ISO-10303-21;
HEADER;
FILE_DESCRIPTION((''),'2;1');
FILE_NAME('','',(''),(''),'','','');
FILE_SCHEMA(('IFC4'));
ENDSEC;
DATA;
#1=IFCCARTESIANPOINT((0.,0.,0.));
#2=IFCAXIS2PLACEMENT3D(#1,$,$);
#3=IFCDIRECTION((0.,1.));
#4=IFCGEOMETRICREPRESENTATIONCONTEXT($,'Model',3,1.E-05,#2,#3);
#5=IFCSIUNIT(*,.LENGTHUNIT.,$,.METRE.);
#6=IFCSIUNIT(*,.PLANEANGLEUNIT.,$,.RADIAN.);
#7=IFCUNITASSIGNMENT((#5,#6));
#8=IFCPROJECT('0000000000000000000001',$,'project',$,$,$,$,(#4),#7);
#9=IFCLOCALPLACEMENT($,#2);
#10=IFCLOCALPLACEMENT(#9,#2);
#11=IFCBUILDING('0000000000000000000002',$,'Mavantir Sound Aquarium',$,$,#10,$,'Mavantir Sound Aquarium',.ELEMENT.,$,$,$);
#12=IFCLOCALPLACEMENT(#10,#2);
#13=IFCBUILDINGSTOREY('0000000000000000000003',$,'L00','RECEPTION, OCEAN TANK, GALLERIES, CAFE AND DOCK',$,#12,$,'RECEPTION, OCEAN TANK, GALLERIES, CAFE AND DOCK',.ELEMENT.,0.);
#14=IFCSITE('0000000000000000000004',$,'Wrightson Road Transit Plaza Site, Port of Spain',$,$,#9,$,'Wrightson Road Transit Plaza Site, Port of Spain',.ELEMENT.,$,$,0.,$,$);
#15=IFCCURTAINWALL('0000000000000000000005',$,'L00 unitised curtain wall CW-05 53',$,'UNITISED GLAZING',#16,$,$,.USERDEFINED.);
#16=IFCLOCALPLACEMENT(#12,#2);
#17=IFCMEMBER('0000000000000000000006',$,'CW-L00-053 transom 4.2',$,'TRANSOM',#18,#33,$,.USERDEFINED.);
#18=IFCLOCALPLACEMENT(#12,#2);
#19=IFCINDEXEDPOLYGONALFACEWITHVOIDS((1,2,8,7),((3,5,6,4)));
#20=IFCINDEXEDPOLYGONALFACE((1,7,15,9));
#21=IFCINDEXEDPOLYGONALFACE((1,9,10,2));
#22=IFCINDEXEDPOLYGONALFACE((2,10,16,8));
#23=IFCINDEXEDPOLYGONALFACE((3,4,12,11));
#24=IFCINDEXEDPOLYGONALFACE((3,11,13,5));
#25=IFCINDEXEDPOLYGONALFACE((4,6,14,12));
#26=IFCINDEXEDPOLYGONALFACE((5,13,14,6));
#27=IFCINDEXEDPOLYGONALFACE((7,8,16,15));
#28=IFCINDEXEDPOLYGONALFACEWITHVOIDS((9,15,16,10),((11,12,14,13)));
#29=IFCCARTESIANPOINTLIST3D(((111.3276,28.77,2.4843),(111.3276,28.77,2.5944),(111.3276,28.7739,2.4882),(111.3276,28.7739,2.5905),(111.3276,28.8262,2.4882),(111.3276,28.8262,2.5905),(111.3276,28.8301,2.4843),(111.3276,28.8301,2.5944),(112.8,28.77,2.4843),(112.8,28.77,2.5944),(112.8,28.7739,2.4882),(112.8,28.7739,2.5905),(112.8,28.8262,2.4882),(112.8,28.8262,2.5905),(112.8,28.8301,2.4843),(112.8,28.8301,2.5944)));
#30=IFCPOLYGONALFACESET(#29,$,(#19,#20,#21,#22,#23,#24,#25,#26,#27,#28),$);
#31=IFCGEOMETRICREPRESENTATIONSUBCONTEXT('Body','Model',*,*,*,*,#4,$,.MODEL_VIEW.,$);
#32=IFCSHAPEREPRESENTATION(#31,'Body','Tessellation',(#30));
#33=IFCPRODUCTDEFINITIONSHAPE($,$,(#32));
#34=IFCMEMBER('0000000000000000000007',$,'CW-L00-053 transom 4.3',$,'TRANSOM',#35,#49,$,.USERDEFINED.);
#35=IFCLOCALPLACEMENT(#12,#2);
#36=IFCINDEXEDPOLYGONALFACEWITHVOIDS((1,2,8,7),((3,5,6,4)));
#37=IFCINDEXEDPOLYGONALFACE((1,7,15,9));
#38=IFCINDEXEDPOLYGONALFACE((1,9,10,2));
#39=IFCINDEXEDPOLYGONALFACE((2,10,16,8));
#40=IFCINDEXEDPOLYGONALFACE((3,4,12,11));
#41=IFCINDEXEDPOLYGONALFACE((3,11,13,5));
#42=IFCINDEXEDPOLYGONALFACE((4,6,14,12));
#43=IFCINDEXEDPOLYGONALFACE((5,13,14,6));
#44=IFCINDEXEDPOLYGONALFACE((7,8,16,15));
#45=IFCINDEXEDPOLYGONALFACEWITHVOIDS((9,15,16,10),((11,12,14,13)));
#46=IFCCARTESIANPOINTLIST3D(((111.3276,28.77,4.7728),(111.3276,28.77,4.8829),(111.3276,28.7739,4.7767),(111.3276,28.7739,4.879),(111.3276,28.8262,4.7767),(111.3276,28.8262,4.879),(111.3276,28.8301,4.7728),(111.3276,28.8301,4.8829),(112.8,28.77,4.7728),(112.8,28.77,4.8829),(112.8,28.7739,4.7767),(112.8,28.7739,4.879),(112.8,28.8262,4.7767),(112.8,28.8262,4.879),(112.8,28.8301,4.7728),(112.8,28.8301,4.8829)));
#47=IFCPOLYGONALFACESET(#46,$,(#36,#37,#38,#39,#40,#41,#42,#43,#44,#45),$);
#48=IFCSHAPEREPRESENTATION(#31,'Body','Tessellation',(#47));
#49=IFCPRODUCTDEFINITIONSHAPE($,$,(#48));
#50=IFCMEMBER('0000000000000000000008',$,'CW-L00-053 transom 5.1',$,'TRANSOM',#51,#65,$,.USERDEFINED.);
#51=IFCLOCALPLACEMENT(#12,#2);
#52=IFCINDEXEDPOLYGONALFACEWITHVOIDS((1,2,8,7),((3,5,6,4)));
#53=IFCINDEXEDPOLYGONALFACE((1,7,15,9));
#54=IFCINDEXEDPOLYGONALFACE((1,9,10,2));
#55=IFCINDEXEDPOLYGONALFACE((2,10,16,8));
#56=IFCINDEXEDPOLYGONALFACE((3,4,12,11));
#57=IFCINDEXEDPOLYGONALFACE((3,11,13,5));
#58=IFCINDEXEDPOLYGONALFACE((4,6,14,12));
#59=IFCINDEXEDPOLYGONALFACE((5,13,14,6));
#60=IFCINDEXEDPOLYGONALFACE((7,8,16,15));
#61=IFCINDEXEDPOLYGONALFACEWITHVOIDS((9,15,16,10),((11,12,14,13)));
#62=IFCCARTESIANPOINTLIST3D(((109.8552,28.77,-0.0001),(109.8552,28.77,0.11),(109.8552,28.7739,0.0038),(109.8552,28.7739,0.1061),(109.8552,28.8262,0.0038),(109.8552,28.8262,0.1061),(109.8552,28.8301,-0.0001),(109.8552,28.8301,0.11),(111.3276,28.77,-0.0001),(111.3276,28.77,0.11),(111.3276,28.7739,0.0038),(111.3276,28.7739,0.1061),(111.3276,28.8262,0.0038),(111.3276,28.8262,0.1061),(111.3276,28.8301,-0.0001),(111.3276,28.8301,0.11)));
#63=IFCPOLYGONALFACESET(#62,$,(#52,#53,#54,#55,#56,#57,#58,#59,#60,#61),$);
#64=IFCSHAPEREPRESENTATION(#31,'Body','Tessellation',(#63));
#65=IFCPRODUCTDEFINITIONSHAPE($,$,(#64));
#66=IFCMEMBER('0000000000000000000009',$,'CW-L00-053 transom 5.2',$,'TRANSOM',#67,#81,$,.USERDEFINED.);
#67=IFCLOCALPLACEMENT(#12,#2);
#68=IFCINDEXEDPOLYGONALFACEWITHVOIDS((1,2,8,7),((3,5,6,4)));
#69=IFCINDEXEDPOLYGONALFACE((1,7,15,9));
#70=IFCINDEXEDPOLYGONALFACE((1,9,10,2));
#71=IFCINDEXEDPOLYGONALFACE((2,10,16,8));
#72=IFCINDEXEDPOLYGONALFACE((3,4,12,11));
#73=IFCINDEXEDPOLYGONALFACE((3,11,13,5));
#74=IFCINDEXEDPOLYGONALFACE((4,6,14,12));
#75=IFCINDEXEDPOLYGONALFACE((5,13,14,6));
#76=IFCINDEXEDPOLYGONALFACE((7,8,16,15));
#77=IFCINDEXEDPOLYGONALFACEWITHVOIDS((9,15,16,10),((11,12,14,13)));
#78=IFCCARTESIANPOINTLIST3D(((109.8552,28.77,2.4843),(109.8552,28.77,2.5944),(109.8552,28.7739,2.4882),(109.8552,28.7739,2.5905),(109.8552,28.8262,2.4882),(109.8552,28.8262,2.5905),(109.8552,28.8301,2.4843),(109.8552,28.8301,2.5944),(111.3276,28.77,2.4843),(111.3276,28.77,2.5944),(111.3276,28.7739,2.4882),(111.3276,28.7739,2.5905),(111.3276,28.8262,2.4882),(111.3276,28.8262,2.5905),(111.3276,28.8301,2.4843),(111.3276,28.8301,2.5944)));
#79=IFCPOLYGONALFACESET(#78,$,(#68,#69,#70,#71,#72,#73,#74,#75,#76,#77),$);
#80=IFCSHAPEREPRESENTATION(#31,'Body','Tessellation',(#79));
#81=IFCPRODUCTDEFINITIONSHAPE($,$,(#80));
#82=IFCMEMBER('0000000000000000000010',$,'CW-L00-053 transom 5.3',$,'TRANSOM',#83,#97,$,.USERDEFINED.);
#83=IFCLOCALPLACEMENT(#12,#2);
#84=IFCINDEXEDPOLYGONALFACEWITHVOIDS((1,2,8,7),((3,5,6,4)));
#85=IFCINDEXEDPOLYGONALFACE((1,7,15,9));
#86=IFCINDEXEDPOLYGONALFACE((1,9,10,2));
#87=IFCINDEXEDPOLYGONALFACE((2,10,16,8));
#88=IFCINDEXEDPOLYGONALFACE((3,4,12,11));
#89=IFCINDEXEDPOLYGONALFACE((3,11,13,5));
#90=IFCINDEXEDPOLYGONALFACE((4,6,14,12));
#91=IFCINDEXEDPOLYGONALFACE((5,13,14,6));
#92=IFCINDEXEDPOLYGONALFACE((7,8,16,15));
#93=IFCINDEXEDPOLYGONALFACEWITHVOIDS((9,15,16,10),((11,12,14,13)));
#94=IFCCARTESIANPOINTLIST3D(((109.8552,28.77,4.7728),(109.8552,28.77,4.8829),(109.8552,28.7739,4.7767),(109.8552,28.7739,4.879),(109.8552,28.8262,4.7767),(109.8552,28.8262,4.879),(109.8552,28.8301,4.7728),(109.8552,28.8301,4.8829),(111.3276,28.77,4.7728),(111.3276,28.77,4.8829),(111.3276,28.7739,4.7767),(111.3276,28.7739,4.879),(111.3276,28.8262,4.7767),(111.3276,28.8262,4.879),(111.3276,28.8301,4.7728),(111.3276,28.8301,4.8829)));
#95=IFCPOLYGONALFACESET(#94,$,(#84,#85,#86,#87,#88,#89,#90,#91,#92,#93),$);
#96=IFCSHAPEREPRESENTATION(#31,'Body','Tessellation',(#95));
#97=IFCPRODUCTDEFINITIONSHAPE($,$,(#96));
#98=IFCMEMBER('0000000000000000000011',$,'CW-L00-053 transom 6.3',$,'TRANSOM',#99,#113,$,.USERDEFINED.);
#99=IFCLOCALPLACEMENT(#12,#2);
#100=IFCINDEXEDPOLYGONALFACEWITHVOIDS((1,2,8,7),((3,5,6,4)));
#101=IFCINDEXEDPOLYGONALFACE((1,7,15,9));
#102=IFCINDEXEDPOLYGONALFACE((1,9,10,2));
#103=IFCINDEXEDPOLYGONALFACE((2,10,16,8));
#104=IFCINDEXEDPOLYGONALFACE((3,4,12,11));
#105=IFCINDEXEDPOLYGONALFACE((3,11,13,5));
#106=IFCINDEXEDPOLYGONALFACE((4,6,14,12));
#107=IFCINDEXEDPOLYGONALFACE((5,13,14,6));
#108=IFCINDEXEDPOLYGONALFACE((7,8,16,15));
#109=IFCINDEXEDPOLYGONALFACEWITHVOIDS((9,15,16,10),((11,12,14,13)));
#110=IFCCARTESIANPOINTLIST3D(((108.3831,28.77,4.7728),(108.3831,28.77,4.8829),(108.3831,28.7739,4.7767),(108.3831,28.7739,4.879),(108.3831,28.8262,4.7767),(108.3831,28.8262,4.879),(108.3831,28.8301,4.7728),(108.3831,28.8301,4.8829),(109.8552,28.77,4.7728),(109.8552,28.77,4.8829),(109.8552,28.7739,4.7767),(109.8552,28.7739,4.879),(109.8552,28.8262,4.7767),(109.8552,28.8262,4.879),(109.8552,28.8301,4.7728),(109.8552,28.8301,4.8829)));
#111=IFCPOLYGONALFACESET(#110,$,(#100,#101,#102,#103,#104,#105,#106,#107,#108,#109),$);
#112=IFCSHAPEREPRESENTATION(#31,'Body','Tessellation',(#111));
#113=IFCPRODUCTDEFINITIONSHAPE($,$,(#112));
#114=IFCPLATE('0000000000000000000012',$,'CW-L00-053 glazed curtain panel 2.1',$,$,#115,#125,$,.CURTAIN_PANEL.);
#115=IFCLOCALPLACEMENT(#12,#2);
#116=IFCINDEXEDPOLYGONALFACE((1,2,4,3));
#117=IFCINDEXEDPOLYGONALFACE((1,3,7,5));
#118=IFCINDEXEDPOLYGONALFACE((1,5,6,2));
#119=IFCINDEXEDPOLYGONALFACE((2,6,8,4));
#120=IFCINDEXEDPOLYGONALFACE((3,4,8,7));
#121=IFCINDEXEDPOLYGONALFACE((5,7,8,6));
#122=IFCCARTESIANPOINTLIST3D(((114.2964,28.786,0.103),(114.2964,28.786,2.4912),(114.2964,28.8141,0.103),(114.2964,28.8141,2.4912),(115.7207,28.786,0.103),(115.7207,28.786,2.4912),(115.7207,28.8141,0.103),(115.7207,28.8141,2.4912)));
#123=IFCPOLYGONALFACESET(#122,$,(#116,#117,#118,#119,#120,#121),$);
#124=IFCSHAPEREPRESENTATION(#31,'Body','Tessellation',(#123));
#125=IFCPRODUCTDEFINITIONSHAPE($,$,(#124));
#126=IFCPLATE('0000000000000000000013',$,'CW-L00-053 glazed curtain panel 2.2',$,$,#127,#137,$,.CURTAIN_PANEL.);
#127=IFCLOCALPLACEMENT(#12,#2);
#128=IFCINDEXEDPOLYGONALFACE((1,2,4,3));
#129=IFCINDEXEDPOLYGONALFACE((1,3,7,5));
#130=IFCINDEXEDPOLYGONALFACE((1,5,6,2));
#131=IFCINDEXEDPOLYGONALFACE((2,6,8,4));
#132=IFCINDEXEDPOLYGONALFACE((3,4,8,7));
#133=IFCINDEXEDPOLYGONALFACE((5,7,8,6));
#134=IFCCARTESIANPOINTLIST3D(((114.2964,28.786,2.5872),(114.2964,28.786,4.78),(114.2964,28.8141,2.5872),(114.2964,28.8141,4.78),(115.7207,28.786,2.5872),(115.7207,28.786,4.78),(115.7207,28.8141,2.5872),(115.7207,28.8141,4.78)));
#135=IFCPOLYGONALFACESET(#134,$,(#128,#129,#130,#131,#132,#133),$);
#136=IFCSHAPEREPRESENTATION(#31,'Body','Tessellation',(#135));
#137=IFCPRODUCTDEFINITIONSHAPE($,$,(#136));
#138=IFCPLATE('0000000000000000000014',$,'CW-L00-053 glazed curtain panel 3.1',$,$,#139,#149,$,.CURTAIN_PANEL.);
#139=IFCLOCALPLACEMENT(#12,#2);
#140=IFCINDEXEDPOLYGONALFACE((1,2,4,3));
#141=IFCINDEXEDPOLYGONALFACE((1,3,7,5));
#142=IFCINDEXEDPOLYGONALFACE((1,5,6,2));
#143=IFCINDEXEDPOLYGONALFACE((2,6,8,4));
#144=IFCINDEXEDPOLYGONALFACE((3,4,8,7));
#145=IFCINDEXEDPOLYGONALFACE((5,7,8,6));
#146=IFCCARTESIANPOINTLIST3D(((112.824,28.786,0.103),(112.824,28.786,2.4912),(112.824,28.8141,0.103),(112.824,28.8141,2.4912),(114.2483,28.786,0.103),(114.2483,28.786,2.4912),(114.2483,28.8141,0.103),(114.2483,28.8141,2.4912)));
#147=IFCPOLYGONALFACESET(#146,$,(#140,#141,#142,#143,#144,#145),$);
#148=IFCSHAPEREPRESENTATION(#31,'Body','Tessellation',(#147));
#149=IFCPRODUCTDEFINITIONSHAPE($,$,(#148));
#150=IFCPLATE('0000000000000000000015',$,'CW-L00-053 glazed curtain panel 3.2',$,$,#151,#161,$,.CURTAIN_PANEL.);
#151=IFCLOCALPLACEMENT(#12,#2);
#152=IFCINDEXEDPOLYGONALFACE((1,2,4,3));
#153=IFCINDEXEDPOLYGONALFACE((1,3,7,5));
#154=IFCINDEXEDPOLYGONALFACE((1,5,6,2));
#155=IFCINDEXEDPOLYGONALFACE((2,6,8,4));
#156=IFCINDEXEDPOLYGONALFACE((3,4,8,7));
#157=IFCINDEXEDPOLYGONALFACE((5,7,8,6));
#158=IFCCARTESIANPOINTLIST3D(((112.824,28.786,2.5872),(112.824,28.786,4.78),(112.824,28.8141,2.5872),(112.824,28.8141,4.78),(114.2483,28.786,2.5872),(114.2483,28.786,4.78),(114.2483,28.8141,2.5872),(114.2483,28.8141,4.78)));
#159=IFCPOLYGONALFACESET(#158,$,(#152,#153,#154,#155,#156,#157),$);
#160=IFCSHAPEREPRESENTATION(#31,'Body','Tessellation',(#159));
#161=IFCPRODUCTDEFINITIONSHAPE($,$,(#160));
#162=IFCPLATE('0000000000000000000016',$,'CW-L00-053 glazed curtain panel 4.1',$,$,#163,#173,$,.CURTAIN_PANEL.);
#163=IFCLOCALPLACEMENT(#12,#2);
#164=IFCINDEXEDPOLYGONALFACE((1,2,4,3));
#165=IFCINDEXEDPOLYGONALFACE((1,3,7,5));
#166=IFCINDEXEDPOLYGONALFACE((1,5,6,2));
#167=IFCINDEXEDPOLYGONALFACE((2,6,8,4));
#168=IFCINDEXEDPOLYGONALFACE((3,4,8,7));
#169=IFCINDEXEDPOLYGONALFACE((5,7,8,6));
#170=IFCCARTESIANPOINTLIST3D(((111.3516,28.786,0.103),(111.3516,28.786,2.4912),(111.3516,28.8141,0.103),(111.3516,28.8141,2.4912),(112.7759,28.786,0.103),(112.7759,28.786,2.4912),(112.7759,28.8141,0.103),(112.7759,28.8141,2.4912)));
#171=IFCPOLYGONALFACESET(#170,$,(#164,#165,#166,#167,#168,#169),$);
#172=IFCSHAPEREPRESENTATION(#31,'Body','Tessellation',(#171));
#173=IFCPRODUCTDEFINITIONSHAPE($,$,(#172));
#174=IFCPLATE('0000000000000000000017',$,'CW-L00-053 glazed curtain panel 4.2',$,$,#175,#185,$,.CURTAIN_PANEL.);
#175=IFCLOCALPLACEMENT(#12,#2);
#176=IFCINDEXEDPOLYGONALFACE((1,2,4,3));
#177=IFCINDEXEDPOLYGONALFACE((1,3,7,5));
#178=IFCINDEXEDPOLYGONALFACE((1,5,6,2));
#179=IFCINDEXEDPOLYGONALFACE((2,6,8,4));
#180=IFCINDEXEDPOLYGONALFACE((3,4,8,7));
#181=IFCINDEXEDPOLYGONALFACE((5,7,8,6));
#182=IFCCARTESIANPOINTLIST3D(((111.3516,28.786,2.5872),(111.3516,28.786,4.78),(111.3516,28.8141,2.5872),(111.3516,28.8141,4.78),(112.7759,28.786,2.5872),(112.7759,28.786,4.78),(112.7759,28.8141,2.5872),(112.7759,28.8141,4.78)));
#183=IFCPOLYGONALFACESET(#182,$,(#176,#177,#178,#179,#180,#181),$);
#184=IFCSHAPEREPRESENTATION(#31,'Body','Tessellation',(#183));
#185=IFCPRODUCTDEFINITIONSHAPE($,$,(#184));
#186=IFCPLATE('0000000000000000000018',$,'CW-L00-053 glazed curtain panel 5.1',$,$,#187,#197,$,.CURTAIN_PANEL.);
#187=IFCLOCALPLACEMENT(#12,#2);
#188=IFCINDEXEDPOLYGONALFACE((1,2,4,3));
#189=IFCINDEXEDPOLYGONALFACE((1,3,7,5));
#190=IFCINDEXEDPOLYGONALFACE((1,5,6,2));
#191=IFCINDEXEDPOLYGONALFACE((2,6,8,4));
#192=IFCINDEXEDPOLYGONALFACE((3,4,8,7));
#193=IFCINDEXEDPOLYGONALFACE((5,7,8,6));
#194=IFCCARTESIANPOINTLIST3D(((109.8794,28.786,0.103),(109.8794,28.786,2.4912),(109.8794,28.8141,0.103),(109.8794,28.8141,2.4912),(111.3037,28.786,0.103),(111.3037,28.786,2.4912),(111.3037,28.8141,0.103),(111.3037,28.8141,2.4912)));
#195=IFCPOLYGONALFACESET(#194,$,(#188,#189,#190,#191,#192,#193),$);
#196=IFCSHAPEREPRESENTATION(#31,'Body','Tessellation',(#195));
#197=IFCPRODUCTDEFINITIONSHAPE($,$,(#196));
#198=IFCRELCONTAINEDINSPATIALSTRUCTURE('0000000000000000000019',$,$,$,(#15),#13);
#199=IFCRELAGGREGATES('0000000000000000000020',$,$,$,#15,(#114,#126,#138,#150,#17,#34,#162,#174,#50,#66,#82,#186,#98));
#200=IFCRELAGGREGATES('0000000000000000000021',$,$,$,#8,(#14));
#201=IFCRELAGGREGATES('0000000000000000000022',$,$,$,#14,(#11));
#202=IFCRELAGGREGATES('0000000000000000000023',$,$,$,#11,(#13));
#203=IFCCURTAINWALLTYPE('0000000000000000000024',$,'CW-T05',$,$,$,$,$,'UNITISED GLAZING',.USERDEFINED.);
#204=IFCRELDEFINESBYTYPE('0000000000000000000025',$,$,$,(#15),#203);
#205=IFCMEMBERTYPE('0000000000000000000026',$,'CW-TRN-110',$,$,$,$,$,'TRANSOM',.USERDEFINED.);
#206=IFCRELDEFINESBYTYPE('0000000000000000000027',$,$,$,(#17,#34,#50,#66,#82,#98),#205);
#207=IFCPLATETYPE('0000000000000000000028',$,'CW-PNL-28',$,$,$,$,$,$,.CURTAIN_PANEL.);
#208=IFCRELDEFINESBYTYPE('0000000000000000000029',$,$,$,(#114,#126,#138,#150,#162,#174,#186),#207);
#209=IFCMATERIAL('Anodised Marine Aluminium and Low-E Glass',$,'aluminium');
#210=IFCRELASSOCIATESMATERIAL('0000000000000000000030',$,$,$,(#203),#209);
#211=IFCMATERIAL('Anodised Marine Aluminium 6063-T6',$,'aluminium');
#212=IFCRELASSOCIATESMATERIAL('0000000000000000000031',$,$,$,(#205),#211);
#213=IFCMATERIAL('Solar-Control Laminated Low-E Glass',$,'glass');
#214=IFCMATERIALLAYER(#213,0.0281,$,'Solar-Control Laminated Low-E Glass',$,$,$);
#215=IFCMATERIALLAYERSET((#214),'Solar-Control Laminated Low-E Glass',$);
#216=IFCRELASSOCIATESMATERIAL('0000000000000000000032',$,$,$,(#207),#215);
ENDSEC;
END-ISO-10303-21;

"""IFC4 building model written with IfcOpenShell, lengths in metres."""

from ifc_helpers import new_model, si_unit, direction, frame, origin, origin_2d, place, context, subcontext, project, spatial, rectangle, hollow_rectangle, extrude, material, layer, layer_set, material_profile, profile_set, type_object, element, aggregate, save


model = new_model("IFC4")

# Units and contexts
model_context = context("Model", 3, precision=1e-05, world=origin(), true_north=direction((0.0, 1.0)))
body_context = subcontext(model_context, "Body", "Model", "MODEL_VIEW")
ifc_project = project(units=[si_unit("LENGTHUNIT", "METRE"), si_unit("PLANEANGLEUNIT", "RADIAN")], contexts=[model_context])

# Site, building, storey
site_placement = place(None, origin())
site = spatial("IfcSite", under=ifc_project, at=site_placement, Name="Wrightson Road Transit Plaza Site, Port of Spain", LongName="Wrightson Road Transit Plaza Site, Port of Spain", CompositionType="ELEMENT", RefElevation=0.0)
building_placement = place(site_placement, origin())
building = spatial("IfcBuilding", under=site, at=building_placement, Name="Mavantir Sound Aquarium", LongName="Mavantir Sound Aquarium", CompositionType="ELEMENT")
storey_placement = place(building_placement, origin())
storey = spatial("IfcBuildingStorey", under=building, at=storey_placement, Name="L00", Description="RECEPTION, OCEAN TANK, GALLERIES, CAFE AND DOCK", LongName="RECEPTION, OCEAN TANK, GALLERIES, CAFE AND DOCK", CompositionType="ELEMENT", Elevation=0.0)

# Curtain wall, members, plates
ifc_material_1 = material(Name="Anodised Marine Aluminium and Low-E Glass", Category="aluminium")
curtain_wall_type = type_object("IfcCurtainWallType", Name="CW-T05", ElementType="UNITISED GLAZING", PredefinedType="USERDEFINED", material=ifc_material_1)
curtain_wall_placement = place(storey_placement, origin())
curtain_wall = element("IfcCurtainWall", 1, at=curtain_wall_placement, inside=storey, type_object=curtain_wall_type, Name="L00 unitised curtain wall CW-05 53", ObjectType="UNITISED GLAZING", PredefinedType="USERDEFINED")
ifc_material_2 = material(Name="Anodised Marine Aluminium 6063-T6", Category="aluminium")
ifc_material_profile_1 = material_profile(ifc_material_2, hollow_rectangle(XDim=0.0601, YDim=0.1101, WallThickness=0.0039, at=origin_2d()), Name="ALU-TRANSOM-110X60")
ifc_profile_set_1 = profile_set([ifc_material_profile_1], Name="Anodised Marine Aluminium 6063-T6")
member_type_1 = type_object("IfcMemberType", Name="CW-TRN-110", ElementType="TRANSOM", PredefinedType="USERDEFINED", material=ifc_profile_set_1)
member_1_placement = place(storey_placement, frame((112.8, 28.8, 2.5393), z_axis=(-1.0, 0.0, 0.0), x_axis=(0.0, -1.0, 0.0)))
member_1 = element("IfcMember", 2, at=member_1_placement, type_object=member_type_1, Name="CW-L00-053 transom 4.2", ObjectType="TRANSOM", PredefinedType="USERDEFINED", context=body_context, shape_type="SweptSolid", body=[
    extrude(hollow_rectangle(XDim=0.0601, YDim=0.1101, WallThickness=0.0039, at=origin_2d()), origin(), (0.0, 0.0, 1.0), 1.4724),
])
member_2_placement = place(storey_placement, frame((112.8, 28.8, 4.8279), z_axis=(-1.0, 0.0, 0.0), x_axis=(0.0, -1.0, 0.0)))
member_2 = element("IfcMember", 3, at=member_2_placement, type_object=member_type_1, Name="CW-L00-053 transom 4.3", ObjectType="TRANSOM", PredefinedType="USERDEFINED", context=body_context, shape_type="SweptSolid", body=[
    extrude(hollow_rectangle(XDim=0.0601, YDim=0.1101, WallThickness=0.0039, at=origin_2d()), origin(), (0.0, 0.0, 1.0), 1.4724),
])
member_3_placement = place(storey_placement, frame((111.3276, 28.8, 0.0549), z_axis=(-1.0, 0.0, 0.0), x_axis=(0.0, -1.0, 0.0)))
member_3 = element("IfcMember", 4, at=member_3_placement, type_object=member_type_1, Name="CW-L00-053 transom 5.1", ObjectType="TRANSOM", PredefinedType="USERDEFINED", context=body_context, shape_type="SweptSolid", body=[
    extrude(hollow_rectangle(XDim=0.0601, YDim=0.1101, WallThickness=0.0039, at=origin_2d()), origin(), (0.0, 0.0, 1.0), 1.4724),
])
member_4_placement = place(storey_placement, frame((111.3276, 28.8, 2.5393), z_axis=(-1.0, 0.0, 0.0), x_axis=(0.0, -1.0, 0.0)))
member_4 = element("IfcMember", 5, at=member_4_placement, type_object=member_type_1, Name="CW-L00-053 transom 5.2", ObjectType="TRANSOM", PredefinedType="USERDEFINED", context=body_context, shape_type="SweptSolid", body=[
    extrude(hollow_rectangle(XDim=0.0601, YDim=0.1101, WallThickness=0.0039, at=origin_2d()), origin(), (0.0, 0.0, 1.0), 1.4724),
])
member_5_placement = place(storey_placement, frame((111.3276, 28.8, 4.8279), z_axis=(-1.0, 0.0, 0.0), x_axis=(0.0, -1.0, 0.0)))
member_5 = element("IfcMember", 6, at=member_5_placement, type_object=member_type_1, Name="CW-L00-053 transom 5.3", ObjectType="TRANSOM", PredefinedType="USERDEFINED", context=body_context, shape_type="SweptSolid", body=[
    extrude(hollow_rectangle(XDim=0.0601, YDim=0.1101, WallThickness=0.0039, at=origin_2d()), origin(), (0.0, 0.0, 1.0), 1.4724),
])
member_6_placement = place(storey_placement, frame((109.8552, 28.8, 4.8279), z_axis=(-1.0, 0.0, 0.0), x_axis=(0.0, -1.0, 0.0)))
member_6 = element("IfcMember", 7, at=member_6_placement, type_object=member_type_1, Name="CW-L00-053 transom 6.3", ObjectType="TRANSOM", PredefinedType="USERDEFINED", context=body_context, shape_type="SweptSolid", body=[
    extrude(hollow_rectangle(XDim=0.0601, YDim=0.1101, WallThickness=0.0039, at=origin_2d()), origin(), (0.0, 0.0, 1.0), 1.4722),
])
ifc_material_3 = material(Name="Solar-Control Laminated Low-E Glass", Category="glass")
ifc_layer = layer(ifc_material_3, 0.0281, Name="Solar-Control Laminated Low-E Glass")
ifc_layer_set = layer_set([ifc_layer], Name="Solar-Control Laminated Low-E Glass")
plate_type = type_object("IfcPlateType", Name="CW-PNL-28", PredefinedType="CURTAIN_PANEL", material=ifc_layer_set)
plate_1_placement = place(storey_placement, frame((115.0085, 28.8, 0.103), z_axis=(0.0, 0.0, 1.0), x_axis=(-1.0, 0.0, 0.0)))
plate_1 = element("IfcPlate", 8, at=plate_1_placement, type_object=plate_type, Name="CW-L00-053 glazed curtain panel 2.1", PredefinedType="CURTAIN_PANEL", context=body_context, shape_type="SweptSolid", body=[
    extrude(rectangle(XDim=1.4243, YDim=0.0281, at=origin_2d()), origin(), (0.0, 0.0, 1.0), 2.3882),
])
plate_2_placement = place(storey_placement, frame((115.0085, 28.8, 2.5872), z_axis=(0.0, 0.0, 1.0), x_axis=(-1.0, 0.0, 0.0)))
plate_2 = element("IfcPlate", 9, at=plate_2_placement, type_object=plate_type, Name="CW-L00-053 glazed curtain panel 2.2", PredefinedType="CURTAIN_PANEL", context=body_context, shape_type="SweptSolid", body=[
    extrude(rectangle(XDim=1.4243, YDim=0.0281, at=origin_2d()), origin(), (0.0, 0.0, 1.0), 2.1929),
])
plate_3_placement = place(storey_placement, frame((113.5361, 28.8, 0.103), z_axis=(0.0, 0.0, 1.0), x_axis=(-1.0, 0.0, 0.0)))
plate_3 = element("IfcPlate", 10, at=plate_3_placement, type_object=plate_type, Name="CW-L00-053 glazed curtain panel 3.1", PredefinedType="CURTAIN_PANEL", context=body_context, shape_type="SweptSolid", body=[
    extrude(rectangle(XDim=1.4243, YDim=0.0281, at=origin_2d()), origin(), (0.0, 0.0, 1.0), 2.3882),
])
plate_4_placement = place(storey_placement, frame((113.5361, 28.8, 2.5872), z_axis=(0.0, 0.0, 1.0), x_axis=(-1.0, 0.0, 0.0)))
plate_4 = element("IfcPlate", 11, at=plate_4_placement, type_object=plate_type, Name="CW-L00-053 glazed curtain panel 3.2", PredefinedType="CURTAIN_PANEL", context=body_context, shape_type="SweptSolid", body=[
    extrude(rectangle(XDim=1.4243, YDim=0.0281, at=origin_2d()), origin(), (0.0, 0.0, 1.0), 2.1929),
])
plate_5_placement = place(storey_placement, frame((112.0637, 28.8, 0.103), z_axis=(0.0, 0.0, 1.0), x_axis=(-1.0, 0.0, 0.0)))
plate_5 = element("IfcPlate", 12, at=plate_5_placement, type_object=plate_type, Name="CW-L00-053 glazed curtain panel 4.1", PredefinedType="CURTAIN_PANEL", context=body_context, shape_type="SweptSolid", body=[
    extrude(rectangle(XDim=1.4243, YDim=0.0281, at=origin_2d()), origin(), (0.0, 0.0, 1.0), 2.3882),
])
plate_6_placement = place(storey_placement, frame((112.0637, 28.8, 2.5872), z_axis=(0.0, 0.0, 1.0), x_axis=(-1.0, 0.0, 0.0)))
plate_6 = element("IfcPlate", 13, at=plate_6_placement, type_object=plate_type, Name="CW-L00-053 glazed curtain panel 4.2", PredefinedType="CURTAIN_PANEL", context=body_context, shape_type="SweptSolid", body=[
    extrude(rectangle(XDim=1.4243, YDim=0.0281, at=origin_2d()), origin(), (0.0, 0.0, 1.0), 2.1929),
])
plate_7_placement = place(storey_placement, frame((110.5916, 28.8, 0.103), z_axis=(0.0, 0.0, 1.0), x_axis=(-1.0, 0.0, 0.0)))
plate_7 = element("IfcPlate", 14, at=plate_7_placement, type_object=plate_type, Name="CW-L00-053 glazed curtain panel 5.1", PredefinedType="CURTAIN_PANEL", context=body_context, shape_type="SweptSolid", body=[
    extrude(rectangle(XDim=1.4243, YDim=0.0281, at=origin_2d()), origin(), (0.0, 0.0, 1.0), 2.3882),
])
aggregate(curtain_wall, [plate_1, plate_2, plate_3, plate_4, member_1, member_2, plate_5, plate_6, member_3, member_4, member_5, plate_7, member_6])

save(model, "model.ifc")
